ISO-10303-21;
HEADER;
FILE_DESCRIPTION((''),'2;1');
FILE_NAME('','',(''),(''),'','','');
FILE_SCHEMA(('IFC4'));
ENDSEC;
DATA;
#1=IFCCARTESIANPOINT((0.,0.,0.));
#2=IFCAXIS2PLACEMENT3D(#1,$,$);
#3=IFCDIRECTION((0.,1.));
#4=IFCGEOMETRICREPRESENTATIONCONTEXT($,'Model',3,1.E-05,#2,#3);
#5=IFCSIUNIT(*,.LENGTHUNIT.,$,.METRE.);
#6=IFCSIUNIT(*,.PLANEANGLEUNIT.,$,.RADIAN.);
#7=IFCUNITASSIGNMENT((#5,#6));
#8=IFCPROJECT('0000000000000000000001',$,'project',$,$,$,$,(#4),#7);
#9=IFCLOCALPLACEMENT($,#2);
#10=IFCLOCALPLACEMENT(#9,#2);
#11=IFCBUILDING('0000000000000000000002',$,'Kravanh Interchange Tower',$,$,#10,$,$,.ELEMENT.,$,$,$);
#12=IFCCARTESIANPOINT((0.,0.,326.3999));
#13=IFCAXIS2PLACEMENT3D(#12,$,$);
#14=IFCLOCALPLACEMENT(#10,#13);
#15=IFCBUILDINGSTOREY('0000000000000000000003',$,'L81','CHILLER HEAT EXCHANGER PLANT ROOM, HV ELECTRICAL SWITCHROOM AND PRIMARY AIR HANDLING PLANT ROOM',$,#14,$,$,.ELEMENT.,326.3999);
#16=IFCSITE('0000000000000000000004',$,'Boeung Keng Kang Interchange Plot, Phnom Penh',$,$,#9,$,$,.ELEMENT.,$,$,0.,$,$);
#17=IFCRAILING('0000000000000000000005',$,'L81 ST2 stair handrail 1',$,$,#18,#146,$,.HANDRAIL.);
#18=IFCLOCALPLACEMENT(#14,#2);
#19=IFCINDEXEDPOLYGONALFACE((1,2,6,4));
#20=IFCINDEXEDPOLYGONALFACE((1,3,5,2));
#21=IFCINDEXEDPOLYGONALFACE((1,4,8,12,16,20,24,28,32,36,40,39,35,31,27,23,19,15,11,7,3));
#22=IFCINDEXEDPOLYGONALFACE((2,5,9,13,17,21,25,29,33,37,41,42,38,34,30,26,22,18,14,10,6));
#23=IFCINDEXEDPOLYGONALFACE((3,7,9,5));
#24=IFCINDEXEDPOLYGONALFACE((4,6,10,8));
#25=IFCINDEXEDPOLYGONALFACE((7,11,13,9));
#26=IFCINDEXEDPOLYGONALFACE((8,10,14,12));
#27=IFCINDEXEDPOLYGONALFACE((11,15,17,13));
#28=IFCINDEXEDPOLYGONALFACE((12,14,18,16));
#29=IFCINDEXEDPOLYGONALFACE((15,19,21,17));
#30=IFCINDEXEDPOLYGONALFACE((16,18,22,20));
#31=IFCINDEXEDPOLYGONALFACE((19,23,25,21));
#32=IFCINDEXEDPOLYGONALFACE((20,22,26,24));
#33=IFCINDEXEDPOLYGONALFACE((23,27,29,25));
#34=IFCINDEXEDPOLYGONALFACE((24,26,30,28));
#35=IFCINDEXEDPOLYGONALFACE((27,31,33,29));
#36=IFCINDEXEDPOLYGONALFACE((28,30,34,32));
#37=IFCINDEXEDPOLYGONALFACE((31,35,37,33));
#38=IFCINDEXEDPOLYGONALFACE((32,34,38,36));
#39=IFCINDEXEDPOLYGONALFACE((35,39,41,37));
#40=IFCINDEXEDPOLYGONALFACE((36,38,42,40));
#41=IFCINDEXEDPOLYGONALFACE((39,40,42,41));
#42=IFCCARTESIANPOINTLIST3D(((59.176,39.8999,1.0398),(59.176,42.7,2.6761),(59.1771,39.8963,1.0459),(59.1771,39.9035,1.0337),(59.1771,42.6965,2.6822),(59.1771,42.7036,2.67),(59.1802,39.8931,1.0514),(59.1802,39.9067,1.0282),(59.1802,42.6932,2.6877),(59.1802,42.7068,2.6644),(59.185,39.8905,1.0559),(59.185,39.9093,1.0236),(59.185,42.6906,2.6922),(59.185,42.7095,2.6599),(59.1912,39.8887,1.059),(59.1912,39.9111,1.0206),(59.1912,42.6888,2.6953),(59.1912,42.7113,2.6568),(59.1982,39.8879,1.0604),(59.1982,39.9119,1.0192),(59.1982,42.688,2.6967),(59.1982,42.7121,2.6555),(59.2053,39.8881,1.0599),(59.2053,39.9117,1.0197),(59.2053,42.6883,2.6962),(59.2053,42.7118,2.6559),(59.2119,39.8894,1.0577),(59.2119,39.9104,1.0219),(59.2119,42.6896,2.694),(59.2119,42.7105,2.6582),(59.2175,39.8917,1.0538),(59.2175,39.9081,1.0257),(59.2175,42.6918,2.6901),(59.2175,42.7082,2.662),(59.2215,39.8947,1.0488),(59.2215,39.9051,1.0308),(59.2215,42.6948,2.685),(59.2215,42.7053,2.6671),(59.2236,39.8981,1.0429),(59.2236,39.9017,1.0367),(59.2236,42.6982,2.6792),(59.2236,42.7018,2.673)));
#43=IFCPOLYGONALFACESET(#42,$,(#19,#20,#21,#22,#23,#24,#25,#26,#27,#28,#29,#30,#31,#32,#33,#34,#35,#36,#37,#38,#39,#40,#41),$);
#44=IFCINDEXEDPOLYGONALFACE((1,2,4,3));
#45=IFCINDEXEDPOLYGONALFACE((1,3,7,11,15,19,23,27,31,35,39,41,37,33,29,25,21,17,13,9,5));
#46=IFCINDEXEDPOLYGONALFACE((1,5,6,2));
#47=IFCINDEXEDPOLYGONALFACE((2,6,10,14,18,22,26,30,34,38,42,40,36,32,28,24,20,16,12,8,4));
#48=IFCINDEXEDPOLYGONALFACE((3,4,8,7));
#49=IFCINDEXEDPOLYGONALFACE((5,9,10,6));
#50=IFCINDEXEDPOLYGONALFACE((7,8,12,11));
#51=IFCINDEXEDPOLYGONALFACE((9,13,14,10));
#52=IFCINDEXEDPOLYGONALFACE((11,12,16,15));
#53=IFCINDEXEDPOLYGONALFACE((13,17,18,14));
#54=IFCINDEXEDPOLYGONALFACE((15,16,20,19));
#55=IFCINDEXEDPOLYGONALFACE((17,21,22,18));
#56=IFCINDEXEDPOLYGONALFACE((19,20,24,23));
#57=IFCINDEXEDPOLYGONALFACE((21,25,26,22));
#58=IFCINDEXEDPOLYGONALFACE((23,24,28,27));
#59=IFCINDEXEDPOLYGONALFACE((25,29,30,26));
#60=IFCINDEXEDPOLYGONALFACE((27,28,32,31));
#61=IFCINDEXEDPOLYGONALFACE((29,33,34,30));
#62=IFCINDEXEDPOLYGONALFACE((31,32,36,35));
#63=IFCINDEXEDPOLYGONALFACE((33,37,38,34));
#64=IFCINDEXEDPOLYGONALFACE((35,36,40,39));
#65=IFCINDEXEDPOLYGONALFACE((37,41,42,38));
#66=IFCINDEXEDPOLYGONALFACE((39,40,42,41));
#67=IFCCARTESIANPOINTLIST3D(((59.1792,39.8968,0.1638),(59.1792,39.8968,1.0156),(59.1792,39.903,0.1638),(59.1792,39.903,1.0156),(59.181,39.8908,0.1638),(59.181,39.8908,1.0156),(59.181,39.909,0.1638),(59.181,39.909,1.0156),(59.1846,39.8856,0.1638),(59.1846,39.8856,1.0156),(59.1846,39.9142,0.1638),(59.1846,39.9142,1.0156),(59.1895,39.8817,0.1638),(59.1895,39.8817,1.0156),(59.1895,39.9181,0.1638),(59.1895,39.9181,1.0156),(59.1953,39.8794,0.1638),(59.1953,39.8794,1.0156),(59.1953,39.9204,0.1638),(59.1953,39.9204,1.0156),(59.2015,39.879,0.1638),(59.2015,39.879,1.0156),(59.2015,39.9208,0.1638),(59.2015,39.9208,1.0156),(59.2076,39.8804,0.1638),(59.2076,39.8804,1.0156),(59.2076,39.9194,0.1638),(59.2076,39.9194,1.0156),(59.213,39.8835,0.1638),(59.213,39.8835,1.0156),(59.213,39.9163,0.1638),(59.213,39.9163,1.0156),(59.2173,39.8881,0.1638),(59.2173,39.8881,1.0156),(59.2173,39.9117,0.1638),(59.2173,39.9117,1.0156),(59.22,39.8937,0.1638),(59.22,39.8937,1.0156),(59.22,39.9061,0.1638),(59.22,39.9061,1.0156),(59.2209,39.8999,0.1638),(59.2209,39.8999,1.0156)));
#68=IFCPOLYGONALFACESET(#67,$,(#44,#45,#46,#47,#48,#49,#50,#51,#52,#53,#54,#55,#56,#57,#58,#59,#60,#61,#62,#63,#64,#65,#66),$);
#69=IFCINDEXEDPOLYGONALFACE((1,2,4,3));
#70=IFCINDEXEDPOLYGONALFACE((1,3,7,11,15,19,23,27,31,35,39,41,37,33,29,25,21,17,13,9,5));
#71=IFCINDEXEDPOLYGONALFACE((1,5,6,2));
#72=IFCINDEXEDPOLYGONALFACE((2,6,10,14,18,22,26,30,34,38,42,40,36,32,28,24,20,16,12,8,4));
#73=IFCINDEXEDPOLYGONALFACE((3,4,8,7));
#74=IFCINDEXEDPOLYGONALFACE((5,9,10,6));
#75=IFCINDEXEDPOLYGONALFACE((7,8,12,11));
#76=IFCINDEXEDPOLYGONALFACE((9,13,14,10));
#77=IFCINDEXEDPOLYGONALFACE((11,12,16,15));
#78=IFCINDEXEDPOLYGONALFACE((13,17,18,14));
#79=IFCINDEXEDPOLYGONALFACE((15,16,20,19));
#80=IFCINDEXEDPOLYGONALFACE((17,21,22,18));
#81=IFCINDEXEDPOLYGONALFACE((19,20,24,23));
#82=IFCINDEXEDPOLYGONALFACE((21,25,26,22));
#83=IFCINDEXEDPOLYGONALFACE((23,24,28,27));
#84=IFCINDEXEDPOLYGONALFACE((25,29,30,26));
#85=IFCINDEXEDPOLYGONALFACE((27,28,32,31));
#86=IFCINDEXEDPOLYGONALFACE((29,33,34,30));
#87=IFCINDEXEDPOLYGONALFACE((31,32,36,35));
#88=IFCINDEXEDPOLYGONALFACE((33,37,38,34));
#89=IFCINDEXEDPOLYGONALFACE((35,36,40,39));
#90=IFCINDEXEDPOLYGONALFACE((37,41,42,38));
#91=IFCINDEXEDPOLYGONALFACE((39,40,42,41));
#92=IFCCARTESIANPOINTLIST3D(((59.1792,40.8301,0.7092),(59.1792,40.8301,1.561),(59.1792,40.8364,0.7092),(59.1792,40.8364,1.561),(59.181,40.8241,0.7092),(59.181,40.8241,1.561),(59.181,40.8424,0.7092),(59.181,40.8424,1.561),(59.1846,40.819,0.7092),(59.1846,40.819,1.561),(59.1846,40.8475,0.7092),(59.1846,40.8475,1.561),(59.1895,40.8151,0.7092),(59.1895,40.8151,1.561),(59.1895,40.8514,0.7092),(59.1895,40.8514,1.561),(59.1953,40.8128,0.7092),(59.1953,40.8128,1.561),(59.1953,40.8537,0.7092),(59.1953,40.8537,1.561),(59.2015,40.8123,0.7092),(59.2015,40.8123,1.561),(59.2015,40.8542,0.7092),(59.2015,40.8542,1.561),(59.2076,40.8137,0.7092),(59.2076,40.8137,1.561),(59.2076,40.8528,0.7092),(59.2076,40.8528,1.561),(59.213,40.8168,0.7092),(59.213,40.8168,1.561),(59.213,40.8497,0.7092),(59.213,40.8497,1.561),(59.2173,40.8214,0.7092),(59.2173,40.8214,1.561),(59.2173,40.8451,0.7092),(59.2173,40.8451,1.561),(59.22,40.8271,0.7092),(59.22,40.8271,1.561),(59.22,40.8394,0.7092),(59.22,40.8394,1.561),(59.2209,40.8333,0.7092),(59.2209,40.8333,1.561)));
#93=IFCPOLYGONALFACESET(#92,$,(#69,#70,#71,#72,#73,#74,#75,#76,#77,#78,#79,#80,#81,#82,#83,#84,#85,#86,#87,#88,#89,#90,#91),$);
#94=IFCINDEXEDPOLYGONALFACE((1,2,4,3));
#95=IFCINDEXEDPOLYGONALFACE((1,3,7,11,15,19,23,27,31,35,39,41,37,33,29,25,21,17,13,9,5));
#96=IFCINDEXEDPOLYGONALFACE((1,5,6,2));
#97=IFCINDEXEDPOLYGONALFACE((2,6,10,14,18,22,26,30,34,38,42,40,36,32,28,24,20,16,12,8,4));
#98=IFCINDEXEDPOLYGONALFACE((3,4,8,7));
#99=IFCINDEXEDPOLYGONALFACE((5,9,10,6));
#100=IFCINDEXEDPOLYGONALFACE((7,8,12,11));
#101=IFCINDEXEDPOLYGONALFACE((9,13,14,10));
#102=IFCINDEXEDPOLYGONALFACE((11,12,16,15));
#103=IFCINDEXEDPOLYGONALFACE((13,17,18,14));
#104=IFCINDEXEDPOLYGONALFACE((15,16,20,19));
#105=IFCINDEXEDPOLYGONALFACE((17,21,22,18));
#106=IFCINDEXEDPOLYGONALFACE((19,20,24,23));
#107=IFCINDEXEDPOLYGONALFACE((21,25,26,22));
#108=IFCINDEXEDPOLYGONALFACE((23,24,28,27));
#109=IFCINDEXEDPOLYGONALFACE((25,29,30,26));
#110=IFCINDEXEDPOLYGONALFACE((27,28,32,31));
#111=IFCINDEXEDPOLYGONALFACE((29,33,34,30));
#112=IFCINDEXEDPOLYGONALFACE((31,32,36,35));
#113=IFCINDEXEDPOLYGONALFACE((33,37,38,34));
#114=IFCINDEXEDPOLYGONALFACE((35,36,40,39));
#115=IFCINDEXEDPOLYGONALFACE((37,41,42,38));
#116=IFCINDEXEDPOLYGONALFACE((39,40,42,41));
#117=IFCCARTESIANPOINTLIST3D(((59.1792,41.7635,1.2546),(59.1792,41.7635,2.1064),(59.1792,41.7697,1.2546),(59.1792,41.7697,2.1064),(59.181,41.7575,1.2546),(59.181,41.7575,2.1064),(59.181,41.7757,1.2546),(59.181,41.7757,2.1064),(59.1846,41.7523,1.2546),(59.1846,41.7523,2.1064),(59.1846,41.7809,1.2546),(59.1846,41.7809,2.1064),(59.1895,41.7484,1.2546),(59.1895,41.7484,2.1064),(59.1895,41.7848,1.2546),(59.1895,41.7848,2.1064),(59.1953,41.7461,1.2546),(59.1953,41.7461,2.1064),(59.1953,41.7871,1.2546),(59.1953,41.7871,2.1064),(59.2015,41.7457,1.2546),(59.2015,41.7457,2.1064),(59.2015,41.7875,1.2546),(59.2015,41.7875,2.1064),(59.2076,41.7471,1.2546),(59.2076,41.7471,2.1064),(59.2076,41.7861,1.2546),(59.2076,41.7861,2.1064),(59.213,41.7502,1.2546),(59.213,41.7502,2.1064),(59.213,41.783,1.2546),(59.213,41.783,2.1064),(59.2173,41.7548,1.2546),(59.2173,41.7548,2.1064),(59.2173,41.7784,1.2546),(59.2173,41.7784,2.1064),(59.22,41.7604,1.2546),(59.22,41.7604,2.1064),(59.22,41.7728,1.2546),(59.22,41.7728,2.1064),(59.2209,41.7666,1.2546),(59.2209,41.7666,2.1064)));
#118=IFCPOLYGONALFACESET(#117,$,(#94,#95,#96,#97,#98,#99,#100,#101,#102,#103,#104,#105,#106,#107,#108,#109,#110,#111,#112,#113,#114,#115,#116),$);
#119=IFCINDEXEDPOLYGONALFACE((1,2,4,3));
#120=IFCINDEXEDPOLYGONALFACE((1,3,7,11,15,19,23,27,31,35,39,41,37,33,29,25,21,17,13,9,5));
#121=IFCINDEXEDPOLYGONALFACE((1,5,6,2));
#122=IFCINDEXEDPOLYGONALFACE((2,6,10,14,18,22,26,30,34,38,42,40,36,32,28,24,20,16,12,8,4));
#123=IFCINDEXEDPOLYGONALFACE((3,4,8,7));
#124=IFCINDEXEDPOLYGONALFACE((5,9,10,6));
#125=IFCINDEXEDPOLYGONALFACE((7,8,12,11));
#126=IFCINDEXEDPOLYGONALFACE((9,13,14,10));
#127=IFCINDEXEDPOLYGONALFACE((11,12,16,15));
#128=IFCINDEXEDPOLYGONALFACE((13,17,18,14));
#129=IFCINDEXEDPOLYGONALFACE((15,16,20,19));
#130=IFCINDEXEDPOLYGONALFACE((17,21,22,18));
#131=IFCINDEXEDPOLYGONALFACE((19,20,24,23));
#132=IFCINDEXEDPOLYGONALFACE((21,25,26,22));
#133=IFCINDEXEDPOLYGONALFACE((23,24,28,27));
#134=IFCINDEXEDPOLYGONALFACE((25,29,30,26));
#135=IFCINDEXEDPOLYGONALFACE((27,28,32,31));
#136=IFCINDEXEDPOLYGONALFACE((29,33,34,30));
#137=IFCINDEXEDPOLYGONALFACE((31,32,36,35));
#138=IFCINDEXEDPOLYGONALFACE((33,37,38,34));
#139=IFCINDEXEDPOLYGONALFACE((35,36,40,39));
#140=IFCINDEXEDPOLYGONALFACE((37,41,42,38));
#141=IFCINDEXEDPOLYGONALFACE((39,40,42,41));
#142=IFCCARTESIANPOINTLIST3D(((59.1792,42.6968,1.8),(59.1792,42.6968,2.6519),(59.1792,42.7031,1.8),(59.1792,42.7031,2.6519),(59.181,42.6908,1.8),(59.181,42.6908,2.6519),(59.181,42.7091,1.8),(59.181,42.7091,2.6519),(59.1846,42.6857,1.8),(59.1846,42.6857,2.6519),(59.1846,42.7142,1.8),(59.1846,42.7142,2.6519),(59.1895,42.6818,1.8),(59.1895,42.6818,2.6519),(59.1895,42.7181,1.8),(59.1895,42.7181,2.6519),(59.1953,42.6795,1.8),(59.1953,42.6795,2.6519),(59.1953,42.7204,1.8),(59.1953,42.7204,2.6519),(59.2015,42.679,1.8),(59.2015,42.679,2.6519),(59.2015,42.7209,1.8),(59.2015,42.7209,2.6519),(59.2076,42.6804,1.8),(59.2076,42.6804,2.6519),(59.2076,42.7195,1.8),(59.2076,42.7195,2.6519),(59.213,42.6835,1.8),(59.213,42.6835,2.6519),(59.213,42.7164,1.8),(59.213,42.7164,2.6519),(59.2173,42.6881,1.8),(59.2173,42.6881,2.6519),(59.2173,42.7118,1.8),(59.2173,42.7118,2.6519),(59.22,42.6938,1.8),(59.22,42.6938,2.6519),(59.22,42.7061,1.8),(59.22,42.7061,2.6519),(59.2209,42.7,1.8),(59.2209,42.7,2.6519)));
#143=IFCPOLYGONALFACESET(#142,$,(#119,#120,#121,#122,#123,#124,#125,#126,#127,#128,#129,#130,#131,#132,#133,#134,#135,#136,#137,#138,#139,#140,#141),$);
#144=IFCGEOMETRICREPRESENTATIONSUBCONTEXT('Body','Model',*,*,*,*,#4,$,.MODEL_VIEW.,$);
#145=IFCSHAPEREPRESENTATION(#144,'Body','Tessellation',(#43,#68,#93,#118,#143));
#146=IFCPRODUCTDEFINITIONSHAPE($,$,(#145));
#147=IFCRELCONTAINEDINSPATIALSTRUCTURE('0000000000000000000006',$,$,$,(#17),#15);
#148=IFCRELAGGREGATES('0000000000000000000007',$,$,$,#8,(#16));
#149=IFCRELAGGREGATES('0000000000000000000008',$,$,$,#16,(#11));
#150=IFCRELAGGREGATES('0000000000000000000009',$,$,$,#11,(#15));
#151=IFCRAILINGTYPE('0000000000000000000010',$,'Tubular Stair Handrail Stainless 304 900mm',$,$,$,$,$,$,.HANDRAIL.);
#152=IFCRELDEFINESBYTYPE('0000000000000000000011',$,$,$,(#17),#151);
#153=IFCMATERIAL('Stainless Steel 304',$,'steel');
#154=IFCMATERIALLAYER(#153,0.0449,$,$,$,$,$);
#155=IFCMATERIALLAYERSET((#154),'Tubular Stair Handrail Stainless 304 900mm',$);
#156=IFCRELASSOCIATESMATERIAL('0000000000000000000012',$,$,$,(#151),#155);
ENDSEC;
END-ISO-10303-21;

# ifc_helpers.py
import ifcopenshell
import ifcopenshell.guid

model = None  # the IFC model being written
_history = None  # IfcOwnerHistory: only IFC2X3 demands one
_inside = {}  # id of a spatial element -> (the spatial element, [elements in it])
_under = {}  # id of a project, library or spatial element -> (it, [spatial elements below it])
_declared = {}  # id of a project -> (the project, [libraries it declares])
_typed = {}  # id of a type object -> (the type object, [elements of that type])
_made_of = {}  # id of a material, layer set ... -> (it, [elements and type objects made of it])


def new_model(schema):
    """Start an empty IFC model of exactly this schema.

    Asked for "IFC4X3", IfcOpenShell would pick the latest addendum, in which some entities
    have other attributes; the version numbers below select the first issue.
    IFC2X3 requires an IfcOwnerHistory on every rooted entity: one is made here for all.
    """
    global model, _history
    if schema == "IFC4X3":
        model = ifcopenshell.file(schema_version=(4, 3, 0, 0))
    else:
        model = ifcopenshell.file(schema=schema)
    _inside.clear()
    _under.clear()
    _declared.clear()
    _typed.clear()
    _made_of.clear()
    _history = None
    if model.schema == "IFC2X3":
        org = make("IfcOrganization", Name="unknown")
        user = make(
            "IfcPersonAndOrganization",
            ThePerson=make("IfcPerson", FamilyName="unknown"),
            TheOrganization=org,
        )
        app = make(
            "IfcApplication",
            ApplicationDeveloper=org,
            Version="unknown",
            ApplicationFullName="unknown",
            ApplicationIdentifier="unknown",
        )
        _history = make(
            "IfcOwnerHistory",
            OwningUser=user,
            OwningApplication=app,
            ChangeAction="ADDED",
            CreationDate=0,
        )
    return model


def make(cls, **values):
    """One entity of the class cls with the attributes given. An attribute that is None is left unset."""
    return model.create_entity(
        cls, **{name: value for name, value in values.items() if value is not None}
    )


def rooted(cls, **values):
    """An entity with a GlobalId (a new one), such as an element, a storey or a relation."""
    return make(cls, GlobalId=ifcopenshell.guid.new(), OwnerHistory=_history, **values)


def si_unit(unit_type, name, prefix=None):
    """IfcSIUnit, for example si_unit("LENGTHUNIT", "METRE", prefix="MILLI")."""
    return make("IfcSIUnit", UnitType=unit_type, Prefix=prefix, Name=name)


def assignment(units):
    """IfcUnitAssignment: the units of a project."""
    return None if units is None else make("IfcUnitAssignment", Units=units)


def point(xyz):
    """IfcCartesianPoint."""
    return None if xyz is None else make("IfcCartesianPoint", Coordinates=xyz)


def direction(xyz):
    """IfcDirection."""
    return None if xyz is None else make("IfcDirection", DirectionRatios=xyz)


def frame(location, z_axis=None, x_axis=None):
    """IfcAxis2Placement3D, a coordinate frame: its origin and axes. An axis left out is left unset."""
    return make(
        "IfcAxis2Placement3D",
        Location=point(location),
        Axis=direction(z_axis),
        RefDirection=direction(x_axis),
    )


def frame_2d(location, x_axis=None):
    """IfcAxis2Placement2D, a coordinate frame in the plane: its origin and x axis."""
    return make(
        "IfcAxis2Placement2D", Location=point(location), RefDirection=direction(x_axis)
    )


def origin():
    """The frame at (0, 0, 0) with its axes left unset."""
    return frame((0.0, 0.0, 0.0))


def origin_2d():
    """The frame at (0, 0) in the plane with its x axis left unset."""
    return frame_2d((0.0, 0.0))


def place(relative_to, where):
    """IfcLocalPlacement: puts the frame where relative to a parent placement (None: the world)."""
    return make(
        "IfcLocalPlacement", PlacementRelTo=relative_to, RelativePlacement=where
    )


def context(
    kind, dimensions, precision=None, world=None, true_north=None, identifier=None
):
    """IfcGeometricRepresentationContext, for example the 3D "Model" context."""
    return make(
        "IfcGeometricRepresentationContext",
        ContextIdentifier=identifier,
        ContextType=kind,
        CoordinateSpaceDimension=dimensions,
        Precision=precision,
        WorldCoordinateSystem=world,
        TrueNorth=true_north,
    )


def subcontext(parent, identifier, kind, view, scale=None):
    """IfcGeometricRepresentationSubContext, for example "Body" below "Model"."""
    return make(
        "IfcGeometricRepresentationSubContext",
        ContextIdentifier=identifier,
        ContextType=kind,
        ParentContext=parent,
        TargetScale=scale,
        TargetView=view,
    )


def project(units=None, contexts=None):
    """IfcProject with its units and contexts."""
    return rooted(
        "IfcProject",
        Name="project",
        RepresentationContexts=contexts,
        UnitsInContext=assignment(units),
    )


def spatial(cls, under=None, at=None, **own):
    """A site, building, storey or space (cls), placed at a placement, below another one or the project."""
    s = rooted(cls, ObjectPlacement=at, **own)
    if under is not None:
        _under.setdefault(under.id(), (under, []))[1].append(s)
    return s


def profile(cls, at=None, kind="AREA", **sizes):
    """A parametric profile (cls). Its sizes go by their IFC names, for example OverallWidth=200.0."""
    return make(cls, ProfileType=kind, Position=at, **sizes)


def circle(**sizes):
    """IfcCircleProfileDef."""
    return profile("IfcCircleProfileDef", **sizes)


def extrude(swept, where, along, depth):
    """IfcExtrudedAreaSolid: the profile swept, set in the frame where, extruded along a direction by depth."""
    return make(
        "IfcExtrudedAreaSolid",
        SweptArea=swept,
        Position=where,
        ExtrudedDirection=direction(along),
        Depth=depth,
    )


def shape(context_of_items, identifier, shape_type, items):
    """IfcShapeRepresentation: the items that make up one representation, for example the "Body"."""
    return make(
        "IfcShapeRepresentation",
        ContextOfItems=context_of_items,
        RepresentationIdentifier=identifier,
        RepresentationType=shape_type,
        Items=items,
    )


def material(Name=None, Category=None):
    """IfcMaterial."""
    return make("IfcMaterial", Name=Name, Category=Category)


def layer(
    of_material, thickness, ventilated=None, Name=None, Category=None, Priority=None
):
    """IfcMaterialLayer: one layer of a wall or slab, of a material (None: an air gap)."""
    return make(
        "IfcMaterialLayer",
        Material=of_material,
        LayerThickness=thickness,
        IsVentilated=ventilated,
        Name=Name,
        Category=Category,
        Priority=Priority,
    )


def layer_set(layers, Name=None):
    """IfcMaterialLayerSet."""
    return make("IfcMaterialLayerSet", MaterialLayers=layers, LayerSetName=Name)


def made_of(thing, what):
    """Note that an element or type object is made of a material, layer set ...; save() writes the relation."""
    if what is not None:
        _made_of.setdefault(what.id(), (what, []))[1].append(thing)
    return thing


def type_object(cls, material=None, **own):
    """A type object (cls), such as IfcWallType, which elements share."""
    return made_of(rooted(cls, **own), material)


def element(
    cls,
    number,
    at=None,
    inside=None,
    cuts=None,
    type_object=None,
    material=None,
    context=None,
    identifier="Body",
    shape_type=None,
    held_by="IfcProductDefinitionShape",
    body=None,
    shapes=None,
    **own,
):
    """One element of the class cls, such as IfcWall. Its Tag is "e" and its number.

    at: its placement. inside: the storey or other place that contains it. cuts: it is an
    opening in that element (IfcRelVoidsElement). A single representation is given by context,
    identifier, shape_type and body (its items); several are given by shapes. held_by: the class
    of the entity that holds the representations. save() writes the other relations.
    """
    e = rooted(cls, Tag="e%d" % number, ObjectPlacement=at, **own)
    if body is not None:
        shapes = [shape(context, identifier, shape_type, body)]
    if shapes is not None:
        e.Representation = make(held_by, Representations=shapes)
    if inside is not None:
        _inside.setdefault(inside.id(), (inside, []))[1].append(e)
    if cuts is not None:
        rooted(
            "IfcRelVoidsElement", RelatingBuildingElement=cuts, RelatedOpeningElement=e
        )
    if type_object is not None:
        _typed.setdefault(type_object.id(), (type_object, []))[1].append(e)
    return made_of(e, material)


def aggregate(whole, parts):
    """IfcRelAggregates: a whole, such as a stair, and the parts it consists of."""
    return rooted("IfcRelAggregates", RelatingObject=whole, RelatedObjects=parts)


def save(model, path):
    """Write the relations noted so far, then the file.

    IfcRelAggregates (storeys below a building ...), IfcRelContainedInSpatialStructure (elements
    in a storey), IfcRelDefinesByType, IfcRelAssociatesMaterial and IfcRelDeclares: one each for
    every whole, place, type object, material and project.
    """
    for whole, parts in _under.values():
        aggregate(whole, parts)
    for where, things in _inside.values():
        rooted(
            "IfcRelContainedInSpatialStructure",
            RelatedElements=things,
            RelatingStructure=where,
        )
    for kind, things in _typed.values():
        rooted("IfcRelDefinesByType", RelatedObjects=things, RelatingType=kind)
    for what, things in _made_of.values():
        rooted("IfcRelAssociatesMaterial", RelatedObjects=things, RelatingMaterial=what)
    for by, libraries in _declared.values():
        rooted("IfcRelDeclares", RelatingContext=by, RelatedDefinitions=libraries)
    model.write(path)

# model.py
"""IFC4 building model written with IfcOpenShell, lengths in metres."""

from ifc_helpers import new_model, si_unit, direction, frame, origin, origin_2d, place, context, subcontext, project, spatial, circle, extrude, material, layer, layer_set, type_object, element, save


model = new_model("IFC4")

# Units and contexts
model_context = context("Model", 3, precision=1e-05, world=origin(), true_north=direction((0.0, 1.0)))
body_context = subcontext(model_context, "Body", "Model", "MODEL_VIEW")
ifc_project = project(units=[si_unit("LENGTHUNIT", "METRE"), si_unit("PLANEANGLEUNIT", "RADIAN")], contexts=[model_context])

# Site, building, storey
site_placement = place(None, origin())
site = spatial("IfcSite", under=ifc_project, at=site_placement, Name="Boeung Keng Kang Interchange Plot, Phnom Penh", CompositionType="ELEMENT", RefElevation=0.0)
building_placement = place(site_placement, origin())
building = spatial("IfcBuilding", under=site, at=building_placement, Name="Kravanh Interchange Tower", CompositionType="ELEMENT")
storey_placement = place(building_placement, frame((0.0, 0.0, 326.3999)))
storey = spatial("IfcBuildingStorey", under=building, at=storey_placement, Name="L81", Description="CHILLER HEAT EXCHANGER PLANT ROOM, HV ELECTRICAL SWITCHROOM AND PRIMARY AIR HANDLING PLANT ROOM", CompositionType="ELEMENT", Elevation=326.3999)

# Railing
ifc_material_1 = material(Name="Stainless Steel 304", Category="steel")
ifc_layer_1 = layer(ifc_material_1, 0.0449)
ifc_layer_set_1 = layer_set([ifc_layer_1], Name="Tubular Stair Handrail Stainless 304 900mm")
railing_type_1 = type_object("IfcRailingType", Name="Tubular Stair Handrail Stainless 304 900mm", PredefinedType="HANDRAIL", material=ifc_layer_set_1)
railing_1_placement = place(storey_placement, frame((59.2, 39.8999, 0.1638)))
element("IfcRailing", 1, at=railing_1_placement, inside=storey, type_object=railing_type_1, Name="L81 ST2 stair handrail 1", PredefinedType="HANDRAIL", context=body_context, shape_type="SweptSolid", body=[
    extrude(circle(Radius=0.0239, at=origin_2d()), frame((0.0, 0.0, 0.876), z_axis=(0.0, 0.863394, 0.504531), x_axis=(-1.0, 0.0, 0.0)), (0.0, 0.0, 1.0), 3.2432),
    extrude(circle(Radius=0.021, at=origin_2d()), origin(), (0.0, 0.0, 1.0), 0.8518),
    extrude(circle(Radius=0.021, at=origin_2d()), frame((0.0, 0.9333, 0.5454)), (0.0, 0.0, 1.0), 0.8518),
    extrude(circle(Radius=0.021, at=origin_2d()), frame((0.0, 1.8667, 1.0908)), (0.0, 0.0, 1.0), 0.8518),
    extrude(circle(Radius=0.021, at=origin_2d()), frame((0.0, 2.8, 1.6362)), (0.0, 0.0, 1.0), 0.8518),
])

save(model, "model.ifc")
